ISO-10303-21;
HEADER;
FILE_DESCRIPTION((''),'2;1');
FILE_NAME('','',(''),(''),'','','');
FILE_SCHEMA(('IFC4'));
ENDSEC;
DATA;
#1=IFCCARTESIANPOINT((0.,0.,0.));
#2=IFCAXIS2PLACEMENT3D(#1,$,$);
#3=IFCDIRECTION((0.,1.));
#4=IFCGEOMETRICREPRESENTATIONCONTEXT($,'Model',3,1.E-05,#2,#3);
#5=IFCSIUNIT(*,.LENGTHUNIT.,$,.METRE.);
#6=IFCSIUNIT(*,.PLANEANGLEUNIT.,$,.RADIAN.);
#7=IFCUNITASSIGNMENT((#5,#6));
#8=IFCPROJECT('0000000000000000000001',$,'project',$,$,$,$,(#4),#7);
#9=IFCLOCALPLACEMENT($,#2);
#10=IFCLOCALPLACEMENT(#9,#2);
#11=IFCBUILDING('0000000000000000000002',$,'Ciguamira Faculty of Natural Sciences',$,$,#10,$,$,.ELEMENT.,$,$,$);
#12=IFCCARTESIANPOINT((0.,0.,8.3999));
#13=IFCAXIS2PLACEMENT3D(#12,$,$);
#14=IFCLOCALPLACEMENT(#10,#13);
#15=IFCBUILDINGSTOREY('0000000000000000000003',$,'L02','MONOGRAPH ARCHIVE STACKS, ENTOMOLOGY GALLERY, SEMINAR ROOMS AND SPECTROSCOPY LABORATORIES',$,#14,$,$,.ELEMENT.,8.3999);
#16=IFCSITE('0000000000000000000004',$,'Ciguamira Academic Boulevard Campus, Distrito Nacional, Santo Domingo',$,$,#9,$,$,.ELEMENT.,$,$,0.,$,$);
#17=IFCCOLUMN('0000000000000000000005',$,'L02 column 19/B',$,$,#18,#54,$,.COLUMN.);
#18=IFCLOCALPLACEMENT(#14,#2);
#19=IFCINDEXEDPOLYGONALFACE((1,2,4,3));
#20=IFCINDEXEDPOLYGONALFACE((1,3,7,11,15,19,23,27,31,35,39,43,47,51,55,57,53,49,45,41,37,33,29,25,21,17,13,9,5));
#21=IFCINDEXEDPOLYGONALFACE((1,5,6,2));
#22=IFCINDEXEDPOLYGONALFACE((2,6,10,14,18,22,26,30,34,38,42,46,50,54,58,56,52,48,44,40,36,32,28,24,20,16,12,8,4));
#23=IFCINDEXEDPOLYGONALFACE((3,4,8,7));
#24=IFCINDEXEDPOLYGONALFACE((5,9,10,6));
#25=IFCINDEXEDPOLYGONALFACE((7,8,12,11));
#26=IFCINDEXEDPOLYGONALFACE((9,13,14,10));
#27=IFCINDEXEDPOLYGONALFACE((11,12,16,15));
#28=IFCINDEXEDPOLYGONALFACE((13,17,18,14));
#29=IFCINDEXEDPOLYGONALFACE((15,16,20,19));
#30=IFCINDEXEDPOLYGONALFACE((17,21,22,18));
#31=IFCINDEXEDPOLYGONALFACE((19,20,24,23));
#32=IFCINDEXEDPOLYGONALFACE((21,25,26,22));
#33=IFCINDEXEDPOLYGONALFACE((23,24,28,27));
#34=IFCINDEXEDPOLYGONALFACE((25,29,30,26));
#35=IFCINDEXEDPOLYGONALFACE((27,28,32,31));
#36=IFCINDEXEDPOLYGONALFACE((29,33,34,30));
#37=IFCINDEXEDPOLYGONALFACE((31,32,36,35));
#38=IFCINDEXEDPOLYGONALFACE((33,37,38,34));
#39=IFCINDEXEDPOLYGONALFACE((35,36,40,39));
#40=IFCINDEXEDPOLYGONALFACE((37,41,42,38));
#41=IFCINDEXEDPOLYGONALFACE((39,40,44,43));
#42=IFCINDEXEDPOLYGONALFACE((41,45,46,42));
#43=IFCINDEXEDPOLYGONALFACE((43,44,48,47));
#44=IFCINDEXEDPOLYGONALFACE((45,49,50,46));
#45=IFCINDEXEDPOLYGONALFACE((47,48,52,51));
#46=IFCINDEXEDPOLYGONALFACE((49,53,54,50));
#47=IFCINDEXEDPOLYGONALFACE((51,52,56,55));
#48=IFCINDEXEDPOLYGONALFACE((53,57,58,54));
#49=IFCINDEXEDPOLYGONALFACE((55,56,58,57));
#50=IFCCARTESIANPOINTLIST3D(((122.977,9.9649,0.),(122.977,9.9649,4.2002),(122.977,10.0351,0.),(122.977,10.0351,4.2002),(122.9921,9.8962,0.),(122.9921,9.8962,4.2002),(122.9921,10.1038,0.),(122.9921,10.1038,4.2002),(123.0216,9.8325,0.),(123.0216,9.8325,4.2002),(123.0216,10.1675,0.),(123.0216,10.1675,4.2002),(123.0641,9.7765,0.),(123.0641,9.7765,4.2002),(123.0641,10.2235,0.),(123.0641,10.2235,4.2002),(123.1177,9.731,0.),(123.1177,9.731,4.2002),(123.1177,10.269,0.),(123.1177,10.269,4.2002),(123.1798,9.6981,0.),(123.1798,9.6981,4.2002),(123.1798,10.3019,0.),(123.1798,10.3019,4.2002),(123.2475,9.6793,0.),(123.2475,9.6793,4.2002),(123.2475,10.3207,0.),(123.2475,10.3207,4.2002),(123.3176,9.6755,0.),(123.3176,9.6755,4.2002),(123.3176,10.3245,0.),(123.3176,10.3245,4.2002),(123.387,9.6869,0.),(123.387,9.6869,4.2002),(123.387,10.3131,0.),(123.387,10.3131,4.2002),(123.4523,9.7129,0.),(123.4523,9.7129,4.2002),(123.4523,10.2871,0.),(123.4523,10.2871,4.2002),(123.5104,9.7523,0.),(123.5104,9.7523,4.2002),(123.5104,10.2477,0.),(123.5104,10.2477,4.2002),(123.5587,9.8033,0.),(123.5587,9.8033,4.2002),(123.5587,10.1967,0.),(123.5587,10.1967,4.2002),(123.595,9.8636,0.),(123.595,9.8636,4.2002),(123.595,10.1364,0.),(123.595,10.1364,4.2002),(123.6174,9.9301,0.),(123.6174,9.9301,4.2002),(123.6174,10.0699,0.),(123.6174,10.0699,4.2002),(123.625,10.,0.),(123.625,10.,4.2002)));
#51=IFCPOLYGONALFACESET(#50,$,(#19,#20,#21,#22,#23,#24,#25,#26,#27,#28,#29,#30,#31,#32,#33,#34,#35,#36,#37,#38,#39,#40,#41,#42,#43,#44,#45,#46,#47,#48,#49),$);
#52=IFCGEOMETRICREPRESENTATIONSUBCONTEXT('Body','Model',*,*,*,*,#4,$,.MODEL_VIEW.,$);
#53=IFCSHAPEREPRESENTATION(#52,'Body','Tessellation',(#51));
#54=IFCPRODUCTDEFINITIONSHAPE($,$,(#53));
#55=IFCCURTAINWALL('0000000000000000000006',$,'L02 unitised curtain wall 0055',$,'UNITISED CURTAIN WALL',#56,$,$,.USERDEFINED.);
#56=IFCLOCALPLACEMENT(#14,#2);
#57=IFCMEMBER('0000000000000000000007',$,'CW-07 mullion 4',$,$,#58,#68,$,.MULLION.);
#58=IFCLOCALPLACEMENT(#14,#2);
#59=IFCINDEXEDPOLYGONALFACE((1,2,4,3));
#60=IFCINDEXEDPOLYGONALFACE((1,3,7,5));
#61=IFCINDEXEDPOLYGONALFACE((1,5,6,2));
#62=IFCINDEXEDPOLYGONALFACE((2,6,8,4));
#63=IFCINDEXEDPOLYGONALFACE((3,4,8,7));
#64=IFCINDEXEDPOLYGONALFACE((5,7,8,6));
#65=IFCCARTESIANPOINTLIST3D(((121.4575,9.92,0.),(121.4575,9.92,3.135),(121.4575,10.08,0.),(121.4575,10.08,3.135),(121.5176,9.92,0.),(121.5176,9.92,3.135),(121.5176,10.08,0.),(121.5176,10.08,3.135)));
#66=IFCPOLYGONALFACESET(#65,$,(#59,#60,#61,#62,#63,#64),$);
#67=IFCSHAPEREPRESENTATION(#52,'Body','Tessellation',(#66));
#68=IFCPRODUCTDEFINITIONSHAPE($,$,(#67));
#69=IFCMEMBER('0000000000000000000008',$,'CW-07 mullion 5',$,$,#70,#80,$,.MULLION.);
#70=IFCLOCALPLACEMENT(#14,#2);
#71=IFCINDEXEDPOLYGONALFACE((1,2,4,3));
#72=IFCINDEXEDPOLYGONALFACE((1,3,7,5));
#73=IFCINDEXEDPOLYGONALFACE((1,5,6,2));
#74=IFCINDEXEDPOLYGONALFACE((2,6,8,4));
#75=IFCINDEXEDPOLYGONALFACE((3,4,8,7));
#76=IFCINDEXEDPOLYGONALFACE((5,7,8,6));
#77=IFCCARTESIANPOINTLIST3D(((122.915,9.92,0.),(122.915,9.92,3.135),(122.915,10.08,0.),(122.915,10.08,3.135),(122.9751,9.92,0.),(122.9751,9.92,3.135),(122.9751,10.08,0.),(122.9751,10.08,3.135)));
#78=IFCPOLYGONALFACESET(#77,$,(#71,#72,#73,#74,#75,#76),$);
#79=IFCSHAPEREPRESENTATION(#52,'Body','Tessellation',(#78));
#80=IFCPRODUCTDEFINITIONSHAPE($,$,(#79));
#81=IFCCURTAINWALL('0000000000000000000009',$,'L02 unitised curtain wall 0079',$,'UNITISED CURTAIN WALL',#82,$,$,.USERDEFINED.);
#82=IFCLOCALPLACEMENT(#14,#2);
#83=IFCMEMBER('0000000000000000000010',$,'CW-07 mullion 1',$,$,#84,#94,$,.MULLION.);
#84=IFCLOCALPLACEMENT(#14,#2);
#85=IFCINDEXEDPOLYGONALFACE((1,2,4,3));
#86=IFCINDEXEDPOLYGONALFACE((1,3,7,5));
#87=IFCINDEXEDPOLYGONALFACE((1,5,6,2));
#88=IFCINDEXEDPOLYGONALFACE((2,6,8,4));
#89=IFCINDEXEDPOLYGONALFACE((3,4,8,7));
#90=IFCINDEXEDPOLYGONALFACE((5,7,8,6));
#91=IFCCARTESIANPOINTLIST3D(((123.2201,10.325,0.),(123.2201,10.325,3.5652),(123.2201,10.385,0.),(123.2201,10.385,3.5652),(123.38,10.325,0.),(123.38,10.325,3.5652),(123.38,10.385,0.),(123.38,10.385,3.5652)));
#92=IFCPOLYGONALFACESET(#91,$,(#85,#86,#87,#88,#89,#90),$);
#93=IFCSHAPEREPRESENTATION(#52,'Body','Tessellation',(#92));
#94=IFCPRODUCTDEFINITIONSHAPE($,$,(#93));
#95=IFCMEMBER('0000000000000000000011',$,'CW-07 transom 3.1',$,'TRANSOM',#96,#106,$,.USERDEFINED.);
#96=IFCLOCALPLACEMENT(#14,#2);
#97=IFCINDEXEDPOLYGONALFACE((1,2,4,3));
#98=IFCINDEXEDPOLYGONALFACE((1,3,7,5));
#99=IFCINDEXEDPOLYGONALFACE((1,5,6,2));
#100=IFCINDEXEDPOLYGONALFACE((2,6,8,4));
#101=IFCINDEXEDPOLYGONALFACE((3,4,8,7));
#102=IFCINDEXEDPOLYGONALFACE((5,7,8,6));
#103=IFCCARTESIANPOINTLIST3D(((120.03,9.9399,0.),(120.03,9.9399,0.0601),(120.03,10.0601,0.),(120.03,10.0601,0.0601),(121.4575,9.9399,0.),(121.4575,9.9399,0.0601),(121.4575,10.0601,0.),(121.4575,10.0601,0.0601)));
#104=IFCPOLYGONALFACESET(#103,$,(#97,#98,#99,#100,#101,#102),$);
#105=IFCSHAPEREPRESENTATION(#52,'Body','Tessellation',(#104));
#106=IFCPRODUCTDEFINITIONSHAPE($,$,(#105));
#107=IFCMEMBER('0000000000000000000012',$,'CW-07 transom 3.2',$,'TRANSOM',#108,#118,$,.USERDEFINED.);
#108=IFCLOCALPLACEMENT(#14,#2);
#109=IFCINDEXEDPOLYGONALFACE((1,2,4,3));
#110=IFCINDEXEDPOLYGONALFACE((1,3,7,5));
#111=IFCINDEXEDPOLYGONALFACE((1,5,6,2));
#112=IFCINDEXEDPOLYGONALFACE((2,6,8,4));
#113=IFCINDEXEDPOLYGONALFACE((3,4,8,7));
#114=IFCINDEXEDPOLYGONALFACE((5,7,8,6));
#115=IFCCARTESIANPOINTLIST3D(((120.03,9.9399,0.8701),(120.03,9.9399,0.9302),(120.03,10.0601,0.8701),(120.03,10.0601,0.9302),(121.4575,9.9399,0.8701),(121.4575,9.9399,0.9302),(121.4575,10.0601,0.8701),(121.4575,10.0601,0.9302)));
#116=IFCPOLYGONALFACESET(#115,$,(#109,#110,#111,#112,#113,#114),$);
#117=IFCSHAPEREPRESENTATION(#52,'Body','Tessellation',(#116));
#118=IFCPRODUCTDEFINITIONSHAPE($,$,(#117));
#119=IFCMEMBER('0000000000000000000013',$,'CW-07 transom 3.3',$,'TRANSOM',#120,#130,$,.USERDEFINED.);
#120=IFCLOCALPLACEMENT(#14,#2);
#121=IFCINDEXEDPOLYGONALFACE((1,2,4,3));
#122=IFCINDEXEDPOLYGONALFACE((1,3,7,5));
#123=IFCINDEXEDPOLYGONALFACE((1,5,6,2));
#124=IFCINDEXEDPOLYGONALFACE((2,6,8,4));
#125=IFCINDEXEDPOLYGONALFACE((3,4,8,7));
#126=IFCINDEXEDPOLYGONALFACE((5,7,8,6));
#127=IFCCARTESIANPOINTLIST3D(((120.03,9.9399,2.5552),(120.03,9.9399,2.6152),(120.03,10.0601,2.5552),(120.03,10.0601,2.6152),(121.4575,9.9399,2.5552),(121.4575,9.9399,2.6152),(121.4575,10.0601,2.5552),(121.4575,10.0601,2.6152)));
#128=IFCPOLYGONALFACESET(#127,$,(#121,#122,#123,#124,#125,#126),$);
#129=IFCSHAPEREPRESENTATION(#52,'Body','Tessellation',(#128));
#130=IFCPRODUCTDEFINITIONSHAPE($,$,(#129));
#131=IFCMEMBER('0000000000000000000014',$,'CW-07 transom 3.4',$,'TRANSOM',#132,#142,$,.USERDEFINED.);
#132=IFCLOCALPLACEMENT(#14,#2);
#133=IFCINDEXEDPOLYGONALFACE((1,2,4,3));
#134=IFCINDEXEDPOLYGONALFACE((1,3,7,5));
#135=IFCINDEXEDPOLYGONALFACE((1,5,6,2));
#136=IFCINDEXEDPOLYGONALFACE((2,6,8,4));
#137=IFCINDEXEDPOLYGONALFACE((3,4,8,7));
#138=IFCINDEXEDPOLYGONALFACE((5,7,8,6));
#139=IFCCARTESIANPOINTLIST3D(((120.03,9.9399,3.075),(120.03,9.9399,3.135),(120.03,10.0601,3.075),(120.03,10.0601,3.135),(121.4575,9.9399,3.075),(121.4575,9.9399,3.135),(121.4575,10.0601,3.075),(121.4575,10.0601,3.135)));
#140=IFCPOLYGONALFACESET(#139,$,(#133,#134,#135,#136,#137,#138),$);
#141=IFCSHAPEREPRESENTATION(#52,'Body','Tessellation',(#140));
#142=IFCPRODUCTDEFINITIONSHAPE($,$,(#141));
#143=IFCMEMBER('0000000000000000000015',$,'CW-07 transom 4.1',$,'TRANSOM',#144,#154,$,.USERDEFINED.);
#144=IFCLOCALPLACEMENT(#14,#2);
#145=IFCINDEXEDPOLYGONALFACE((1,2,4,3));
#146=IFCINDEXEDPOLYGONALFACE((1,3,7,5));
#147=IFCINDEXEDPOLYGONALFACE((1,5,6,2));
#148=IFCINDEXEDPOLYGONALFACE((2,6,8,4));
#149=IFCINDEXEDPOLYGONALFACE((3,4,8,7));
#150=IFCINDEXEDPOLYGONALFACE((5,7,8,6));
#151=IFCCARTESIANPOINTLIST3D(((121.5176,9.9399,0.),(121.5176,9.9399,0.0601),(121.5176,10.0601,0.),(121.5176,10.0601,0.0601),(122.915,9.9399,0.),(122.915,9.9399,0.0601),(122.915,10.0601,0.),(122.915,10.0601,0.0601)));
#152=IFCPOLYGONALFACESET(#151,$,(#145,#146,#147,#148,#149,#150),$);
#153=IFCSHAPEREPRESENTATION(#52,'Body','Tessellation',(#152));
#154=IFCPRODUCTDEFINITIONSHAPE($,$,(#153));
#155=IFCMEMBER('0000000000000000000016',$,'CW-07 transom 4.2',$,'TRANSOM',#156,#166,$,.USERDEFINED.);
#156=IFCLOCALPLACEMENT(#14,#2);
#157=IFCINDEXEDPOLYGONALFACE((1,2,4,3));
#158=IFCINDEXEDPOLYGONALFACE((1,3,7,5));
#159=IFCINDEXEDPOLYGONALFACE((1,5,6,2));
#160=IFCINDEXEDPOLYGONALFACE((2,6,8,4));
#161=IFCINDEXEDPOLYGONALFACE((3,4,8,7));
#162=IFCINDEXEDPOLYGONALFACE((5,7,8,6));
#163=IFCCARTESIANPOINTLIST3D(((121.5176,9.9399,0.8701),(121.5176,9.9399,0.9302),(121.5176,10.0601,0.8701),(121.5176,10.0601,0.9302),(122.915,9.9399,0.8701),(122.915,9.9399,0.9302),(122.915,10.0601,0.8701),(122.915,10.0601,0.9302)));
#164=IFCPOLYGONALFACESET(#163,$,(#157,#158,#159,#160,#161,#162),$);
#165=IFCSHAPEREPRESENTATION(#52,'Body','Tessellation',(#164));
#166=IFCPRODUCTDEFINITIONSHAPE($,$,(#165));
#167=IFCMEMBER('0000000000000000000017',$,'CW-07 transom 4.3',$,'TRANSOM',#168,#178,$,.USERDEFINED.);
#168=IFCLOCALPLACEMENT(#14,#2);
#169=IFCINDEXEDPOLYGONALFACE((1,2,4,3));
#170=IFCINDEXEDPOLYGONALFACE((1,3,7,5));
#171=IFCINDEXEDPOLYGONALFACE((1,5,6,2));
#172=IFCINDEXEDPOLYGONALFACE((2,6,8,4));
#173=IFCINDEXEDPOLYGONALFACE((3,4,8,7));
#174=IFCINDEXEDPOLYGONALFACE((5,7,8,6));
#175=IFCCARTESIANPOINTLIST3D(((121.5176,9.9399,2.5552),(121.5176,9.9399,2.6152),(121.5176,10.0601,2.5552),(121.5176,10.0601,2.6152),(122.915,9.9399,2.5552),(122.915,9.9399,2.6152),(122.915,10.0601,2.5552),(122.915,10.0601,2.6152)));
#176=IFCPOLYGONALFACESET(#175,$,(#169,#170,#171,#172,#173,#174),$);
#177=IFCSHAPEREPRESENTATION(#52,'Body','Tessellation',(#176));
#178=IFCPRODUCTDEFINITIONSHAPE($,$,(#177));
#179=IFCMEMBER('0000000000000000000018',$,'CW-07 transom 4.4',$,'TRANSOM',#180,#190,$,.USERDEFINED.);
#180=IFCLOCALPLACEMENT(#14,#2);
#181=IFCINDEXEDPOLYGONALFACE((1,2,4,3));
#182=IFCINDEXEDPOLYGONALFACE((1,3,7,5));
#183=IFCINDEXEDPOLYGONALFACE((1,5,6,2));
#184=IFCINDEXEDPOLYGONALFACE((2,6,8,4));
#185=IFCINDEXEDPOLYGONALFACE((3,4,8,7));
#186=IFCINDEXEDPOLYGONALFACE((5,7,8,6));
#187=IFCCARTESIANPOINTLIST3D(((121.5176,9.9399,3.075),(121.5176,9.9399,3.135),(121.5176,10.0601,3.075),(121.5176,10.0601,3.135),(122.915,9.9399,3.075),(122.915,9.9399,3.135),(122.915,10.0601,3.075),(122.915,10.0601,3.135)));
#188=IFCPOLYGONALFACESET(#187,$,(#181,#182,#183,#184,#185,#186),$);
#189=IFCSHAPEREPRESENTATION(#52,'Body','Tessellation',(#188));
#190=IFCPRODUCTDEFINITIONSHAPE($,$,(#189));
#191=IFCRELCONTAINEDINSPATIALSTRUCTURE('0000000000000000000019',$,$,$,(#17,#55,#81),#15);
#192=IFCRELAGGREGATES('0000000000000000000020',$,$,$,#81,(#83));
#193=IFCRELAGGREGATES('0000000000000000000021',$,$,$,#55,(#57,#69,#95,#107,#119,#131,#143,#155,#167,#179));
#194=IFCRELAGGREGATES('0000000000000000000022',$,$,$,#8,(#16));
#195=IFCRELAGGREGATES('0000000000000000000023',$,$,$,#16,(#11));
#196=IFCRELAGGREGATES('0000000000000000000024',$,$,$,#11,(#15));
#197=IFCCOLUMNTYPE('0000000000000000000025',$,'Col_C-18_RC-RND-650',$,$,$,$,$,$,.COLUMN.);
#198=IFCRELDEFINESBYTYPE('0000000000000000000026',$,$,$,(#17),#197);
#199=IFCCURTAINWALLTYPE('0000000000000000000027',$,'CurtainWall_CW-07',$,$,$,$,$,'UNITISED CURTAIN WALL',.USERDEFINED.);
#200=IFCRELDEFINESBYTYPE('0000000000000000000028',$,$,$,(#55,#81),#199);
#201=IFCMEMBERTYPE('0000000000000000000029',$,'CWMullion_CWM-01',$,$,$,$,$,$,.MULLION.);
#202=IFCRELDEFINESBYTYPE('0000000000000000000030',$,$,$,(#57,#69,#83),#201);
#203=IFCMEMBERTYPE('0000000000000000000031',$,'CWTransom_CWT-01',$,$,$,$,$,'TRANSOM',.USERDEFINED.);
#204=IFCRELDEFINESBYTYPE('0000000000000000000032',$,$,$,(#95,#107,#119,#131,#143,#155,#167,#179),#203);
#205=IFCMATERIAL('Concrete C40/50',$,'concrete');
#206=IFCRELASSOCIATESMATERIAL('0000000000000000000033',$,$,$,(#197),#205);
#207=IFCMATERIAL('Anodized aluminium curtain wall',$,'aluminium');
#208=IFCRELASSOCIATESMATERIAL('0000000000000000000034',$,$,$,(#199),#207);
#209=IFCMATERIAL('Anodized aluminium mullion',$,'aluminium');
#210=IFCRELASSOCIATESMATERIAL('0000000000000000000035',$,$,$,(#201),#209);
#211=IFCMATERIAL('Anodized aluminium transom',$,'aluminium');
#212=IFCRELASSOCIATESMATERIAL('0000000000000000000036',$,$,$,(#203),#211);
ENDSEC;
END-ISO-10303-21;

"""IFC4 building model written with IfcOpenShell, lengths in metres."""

from ifc_helpers import new_model, si_unit, direction, frame, origin, origin_2d, place, context, subcontext, project, spatial, rectangle, circle, extrude, material, material_profile, profile_set, type_object, element, aggregate, save


model = new_model("IFC4")

# Units and contexts
model_context = context("Model", 3, precision=1e-05, world=origin(), true_north=direction((0.0, 1.0)))
body_context = subcontext(model_context, "Body", "Model", "MODEL_VIEW")
ifc_project = project(units=[si_unit("LENGTHUNIT", "METRE"), si_unit("PLANEANGLEUNIT", "RADIAN")], contexts=[model_context])

# Site, building, storey
site_placement = place(None, origin())
site = spatial("IfcSite", under=ifc_project, at=site_placement, Name="Ciguamira Academic Boulevard Campus, Distrito Nacional, Santo Domingo", CompositionType="ELEMENT", RefElevation=0.0)
building_placement = place(site_placement, origin())
building = spatial("IfcBuilding", under=site, at=building_placement, Name="Ciguamira Faculty of Natural Sciences", CompositionType="ELEMENT")
storey_placement = place(building_placement, frame((0.0, 0.0, 8.3999)))
storey = spatial("IfcBuildingStorey", under=building, at=storey_placement, Name="L02", Description="MONOGRAPH ARCHIVE STACKS, ENTOMOLOGY GALLERY, SEMINAR ROOMS AND SPECTROSCOPY LABORATORIES", CompositionType="ELEMENT", Elevation=8.3999)

# Column
ifc_material_1 = material(Name="Concrete C40/50", Category="concrete")
ifc_material_profile_1 = material_profile(ifc_material_1, circle(Radius=0.325, at=origin_2d()), Name="RC-RND-650")
ifc_profile_set_1 = profile_set([ifc_material_profile_1], Name="Concrete C40/50")
column_type = type_object("IfcColumnType", Name="Col_C-18_RC-RND-650", PredefinedType="COLUMN", material=ifc_profile_set_1)
column_placement = place(storey_placement, frame((123.3, 10.0, 0.0), z_axis=(0.0, 0.0, 1.0), x_axis=(1.0, 0.0, 0.0)))
element("IfcColumn", 1, at=column_placement, inside=storey, type_object=column_type, Name="L02 column 19/B", PredefinedType="COLUMN", context=body_context, shape_type="SweptSolid", body=[
    extrude(circle(Radius=0.325, at=origin_2d()), origin(), (0.0, 0.0, 1.0), 4.2002),
])

# Curtain wall, members
ifc_material_2 = material(Name="Anodized aluminium curtain wall", Category="aluminium")
curtain_wall_type = type_object("IfcCurtainWallType", Name="CurtainWall_CW-07", ElementType="UNITISED CURTAIN WALL", PredefinedType="USERDEFINED", material=ifc_material_2)
curtain_wall_1_placement = place(storey_placement, origin())
curtain_wall_1 = element("IfcCurtainWall", 2, at=curtain_wall_1_placement, inside=storey, type_object=curtain_wall_type, Name="L02 unitised curtain wall 0055", ObjectType="UNITISED CURTAIN WALL", PredefinedType="USERDEFINED")
ifc_material_3 = material(Name="Anodized aluminium mullion", Category="aluminium")
ifc_material_profile_2 = material_profile(ifc_material_3, rectangle(XDim=0.0601, YDim=0.1599, at=origin_2d()), Name="ALU-MUL-60X160")
ifc_profile_set_2 = profile_set([ifc_material_profile_2], Name="Anodized aluminium mullion")
member_type_1 = type_object("IfcMemberType", Name="CWMullion_CWM-01", PredefinedType="MULLION", material=ifc_profile_set_2)
member_1_placement = place(storey_placement, frame((121.4875, 10.0, 0.0), z_axis=(0.0, 0.0, 1.0), x_axis=(1.0, 0.0, 0.0)))
member_1 = element("IfcMember", 3, at=member_1_placement, type_object=member_type_1, Name="CW-07 mullion 4", PredefinedType="MULLION", context=body_context, shape_type="SweptSolid", body=[
    extrude(rectangle(XDim=0.0601, YDim=0.1599, at=origin_2d()), origin(), (0.0, 0.0, 1.0), 3.135),
])
member_2_placement = place(storey_placement, frame((122.9451, 10.0, 0.0), z_axis=(0.0, 0.0, 1.0), x_axis=(1.0, 0.0, 0.0)))
member_2 = element("IfcMember", 4, at=member_2_placement, type_object=member_type_1, Name="CW-07 mullion 5", PredefinedType="MULLION", context=body_context, shape_type="SweptSolid", body=[
    extrude(rectangle(XDim=0.0601, YDim=0.1599, at=origin_2d()), origin(), (0.0, 0.0, 1.0), 3.135),
])

# Curtain wall, member
curtain_wall_2_placement = place(storey_placement, origin())
curtain_wall_2 = element("IfcCurtainWall", 5, at=curtain_wall_2_placement, inside=storey, type_object=curtain_wall_type, Name="L02 unitised curtain wall 0079", ObjectType="UNITISED CURTAIN WALL", PredefinedType="USERDEFINED")
member_3_placement = place(storey_placement, frame((123.3, 10.355, 0.0), z_axis=(0.0, 0.0, 1.0), x_axis=(0.0, 1.0, 0.0)))
member_3 = element("IfcMember", 6, at=member_3_placement, type_object=member_type_1, Name="CW-07 mullion 1", PredefinedType="MULLION", context=body_context, shape_type="SweptSolid", body=[
    extrude(rectangle(XDim=0.0601, YDim=0.1599, at=origin_2d()), origin(), (0.0, 0.0, 1.0), 3.5652),
])

# Members
ifc_material_4 = material(Name="Anodized aluminium transom", Category="aluminium")
ifc_material_profile_3 = material_profile(ifc_material_4, rectangle(XDim=0.0601, YDim=0.1201, at=origin_2d()), Name="ALU-TRN-60X120")
ifc_profile_set_3 = profile_set([ifc_material_profile_3], Name="Anodized aluminium transom")
member_type_2 = type_object("IfcMemberType", Name="CWTransom_CWT-01", ElementType="TRANSOM", PredefinedType="USERDEFINED", material=ifc_profile_set_3)
member_4_placement = place(storey_placement, frame((120.03, 10.0, 0.03), z_axis=(1.0, 0.0, 0.0), x_axis=(0.0, 0.0, 1.0)))
member_4 = element("IfcMember", 7, at=member_4_placement, type_object=member_type_2, Name="CW-07 transom 3.1", ObjectType="TRANSOM", PredefinedType="USERDEFINED", context=body_context, shape_type="SweptSolid", body=[
    extrude(rectangle(XDim=0.0601, YDim=0.1201, at=origin_2d()), origin(), (0.0, 0.0, 1.0), 1.4275),
])
member_5_placement = place(storey_placement, frame((120.03, 10.0, 0.9001), z_axis=(1.0, 0.0, 0.0), x_axis=(0.0, 0.0, 1.0)))
member_5 = element("IfcMember", 8, at=member_5_placement, type_object=member_type_2, Name="CW-07 transom 3.2", ObjectType="TRANSOM", PredefinedType="USERDEFINED", context=body_context, shape_type="SweptSolid", body=[
    extrude(rectangle(XDim=0.0601, YDim=0.1201, at=origin_2d()), origin(), (0.0, 0.0, 1.0), 1.4275),
])
member_6_placement = place(storey_placement, frame((120.03, 10.0, 2.5852), z_axis=(1.0, 0.0, 0.0), x_axis=(0.0, 0.0, 1.0)))
member_6 = element("IfcMember", 9, at=member_6_placement, type_object=member_type_2, Name="CW-07 transom 3.3", ObjectType="TRANSOM", PredefinedType="USERDEFINED", context=body_context, shape_type="SweptSolid", body=[
    extrude(rectangle(XDim=0.0601, YDim=0.1201, at=origin_2d()), origin(), (0.0, 0.0, 1.0), 1.4275),
])
member_7_placement = place(storey_placement, frame((120.03, 10.0, 3.105), z_axis=(1.0, 0.0, 0.0), x_axis=(0.0, 0.0, 1.0)))
member_7 = element("IfcMember", 10, at=member_7_placement, type_object=member_type_2, Name="CW-07 transom 3.4", ObjectType="TRANSOM", PredefinedType="USERDEFINED", context=body_context, shape_type="SweptSolid", body=[
    extrude(rectangle(XDim=0.0601, YDim=0.1201, at=origin_2d()), origin(), (0.0, 0.0, 1.0), 1.4275),
])
member_8_placement = place(storey_placement, frame((121.5176, 10.0, 0.03), z_axis=(1.0, 0.0, 0.0), x_axis=(0.0, 0.0, 1.0)))
member_8 = element("IfcMember", 11, at=member_8_placement, type_object=member_type_2, Name="CW-07 transom 4.1", ObjectType="TRANSOM", PredefinedType="USERDEFINED", context=body_context, shape_type="SweptSolid", body=[
    extrude(rectangle(XDim=0.0601, YDim=0.1201, at=origin_2d()), origin(), (0.0, 0.0, 1.0), 1.3975),
])
member_9_placement = place(storey_placement, frame((121.5176, 10.0, 0.9001), z_axis=(1.0, 0.0, 0.0), x_axis=(0.0, 0.0, 1.0)))
member_9 = element("IfcMember", 12, at=member_9_placement, type_object=member_type_2, Name="CW-07 transom 4.2", ObjectType="TRANSOM", PredefinedType="USERDEFINED", context=body_context, shape_type="SweptSolid", body=[
    extrude(rectangle(XDim=0.0601, YDim=0.1201, at=origin_2d()), origin(), (0.0, 0.0, 1.0), 1.3975),
])
member_10_placement = place(storey_placement, frame((121.5176, 10.0, 2.5852), z_axis=(1.0, 0.0, 0.0), x_axis=(0.0, 0.0, 1.0)))
member_10 = element("IfcMember", 13, at=member_10_placement, type_object=member_type_2, Name="CW-07 transom 4.3", ObjectType="TRANSOM", PredefinedType="USERDEFINED", context=body_context, shape_type="SweptSolid", body=[
    extrude(rectangle(XDim=0.0601, YDim=0.1201, at=origin_2d()), origin(), (0.0, 0.0, 1.0), 1.3975),
])
member_11_placement = place(storey_placement, frame((121.5176, 10.0, 3.105), z_axis=(1.0, 0.0, 0.0), x_axis=(0.0, 0.0, 1.0)))
member_11 = element("IfcMember", 14, at=member_11_placement, type_object=member_type_2, Name="CW-07 transom 4.4", ObjectType="TRANSOM", PredefinedType="USERDEFINED", context=body_context, shape_type="SweptSolid", body=[
    extrude(rectangle(XDim=0.0601, YDim=0.1201, at=origin_2d()), origin(), (0.0, 0.0, 1.0), 1.3975),
])
aggregate(curtain_wall_2, [member_3])

aggregate(curtain_wall_1, [member_1, member_2, member_4, member_5, member_6, member_7, member_8, member_9, member_10, member_11])

save(model, "model.ifc")
